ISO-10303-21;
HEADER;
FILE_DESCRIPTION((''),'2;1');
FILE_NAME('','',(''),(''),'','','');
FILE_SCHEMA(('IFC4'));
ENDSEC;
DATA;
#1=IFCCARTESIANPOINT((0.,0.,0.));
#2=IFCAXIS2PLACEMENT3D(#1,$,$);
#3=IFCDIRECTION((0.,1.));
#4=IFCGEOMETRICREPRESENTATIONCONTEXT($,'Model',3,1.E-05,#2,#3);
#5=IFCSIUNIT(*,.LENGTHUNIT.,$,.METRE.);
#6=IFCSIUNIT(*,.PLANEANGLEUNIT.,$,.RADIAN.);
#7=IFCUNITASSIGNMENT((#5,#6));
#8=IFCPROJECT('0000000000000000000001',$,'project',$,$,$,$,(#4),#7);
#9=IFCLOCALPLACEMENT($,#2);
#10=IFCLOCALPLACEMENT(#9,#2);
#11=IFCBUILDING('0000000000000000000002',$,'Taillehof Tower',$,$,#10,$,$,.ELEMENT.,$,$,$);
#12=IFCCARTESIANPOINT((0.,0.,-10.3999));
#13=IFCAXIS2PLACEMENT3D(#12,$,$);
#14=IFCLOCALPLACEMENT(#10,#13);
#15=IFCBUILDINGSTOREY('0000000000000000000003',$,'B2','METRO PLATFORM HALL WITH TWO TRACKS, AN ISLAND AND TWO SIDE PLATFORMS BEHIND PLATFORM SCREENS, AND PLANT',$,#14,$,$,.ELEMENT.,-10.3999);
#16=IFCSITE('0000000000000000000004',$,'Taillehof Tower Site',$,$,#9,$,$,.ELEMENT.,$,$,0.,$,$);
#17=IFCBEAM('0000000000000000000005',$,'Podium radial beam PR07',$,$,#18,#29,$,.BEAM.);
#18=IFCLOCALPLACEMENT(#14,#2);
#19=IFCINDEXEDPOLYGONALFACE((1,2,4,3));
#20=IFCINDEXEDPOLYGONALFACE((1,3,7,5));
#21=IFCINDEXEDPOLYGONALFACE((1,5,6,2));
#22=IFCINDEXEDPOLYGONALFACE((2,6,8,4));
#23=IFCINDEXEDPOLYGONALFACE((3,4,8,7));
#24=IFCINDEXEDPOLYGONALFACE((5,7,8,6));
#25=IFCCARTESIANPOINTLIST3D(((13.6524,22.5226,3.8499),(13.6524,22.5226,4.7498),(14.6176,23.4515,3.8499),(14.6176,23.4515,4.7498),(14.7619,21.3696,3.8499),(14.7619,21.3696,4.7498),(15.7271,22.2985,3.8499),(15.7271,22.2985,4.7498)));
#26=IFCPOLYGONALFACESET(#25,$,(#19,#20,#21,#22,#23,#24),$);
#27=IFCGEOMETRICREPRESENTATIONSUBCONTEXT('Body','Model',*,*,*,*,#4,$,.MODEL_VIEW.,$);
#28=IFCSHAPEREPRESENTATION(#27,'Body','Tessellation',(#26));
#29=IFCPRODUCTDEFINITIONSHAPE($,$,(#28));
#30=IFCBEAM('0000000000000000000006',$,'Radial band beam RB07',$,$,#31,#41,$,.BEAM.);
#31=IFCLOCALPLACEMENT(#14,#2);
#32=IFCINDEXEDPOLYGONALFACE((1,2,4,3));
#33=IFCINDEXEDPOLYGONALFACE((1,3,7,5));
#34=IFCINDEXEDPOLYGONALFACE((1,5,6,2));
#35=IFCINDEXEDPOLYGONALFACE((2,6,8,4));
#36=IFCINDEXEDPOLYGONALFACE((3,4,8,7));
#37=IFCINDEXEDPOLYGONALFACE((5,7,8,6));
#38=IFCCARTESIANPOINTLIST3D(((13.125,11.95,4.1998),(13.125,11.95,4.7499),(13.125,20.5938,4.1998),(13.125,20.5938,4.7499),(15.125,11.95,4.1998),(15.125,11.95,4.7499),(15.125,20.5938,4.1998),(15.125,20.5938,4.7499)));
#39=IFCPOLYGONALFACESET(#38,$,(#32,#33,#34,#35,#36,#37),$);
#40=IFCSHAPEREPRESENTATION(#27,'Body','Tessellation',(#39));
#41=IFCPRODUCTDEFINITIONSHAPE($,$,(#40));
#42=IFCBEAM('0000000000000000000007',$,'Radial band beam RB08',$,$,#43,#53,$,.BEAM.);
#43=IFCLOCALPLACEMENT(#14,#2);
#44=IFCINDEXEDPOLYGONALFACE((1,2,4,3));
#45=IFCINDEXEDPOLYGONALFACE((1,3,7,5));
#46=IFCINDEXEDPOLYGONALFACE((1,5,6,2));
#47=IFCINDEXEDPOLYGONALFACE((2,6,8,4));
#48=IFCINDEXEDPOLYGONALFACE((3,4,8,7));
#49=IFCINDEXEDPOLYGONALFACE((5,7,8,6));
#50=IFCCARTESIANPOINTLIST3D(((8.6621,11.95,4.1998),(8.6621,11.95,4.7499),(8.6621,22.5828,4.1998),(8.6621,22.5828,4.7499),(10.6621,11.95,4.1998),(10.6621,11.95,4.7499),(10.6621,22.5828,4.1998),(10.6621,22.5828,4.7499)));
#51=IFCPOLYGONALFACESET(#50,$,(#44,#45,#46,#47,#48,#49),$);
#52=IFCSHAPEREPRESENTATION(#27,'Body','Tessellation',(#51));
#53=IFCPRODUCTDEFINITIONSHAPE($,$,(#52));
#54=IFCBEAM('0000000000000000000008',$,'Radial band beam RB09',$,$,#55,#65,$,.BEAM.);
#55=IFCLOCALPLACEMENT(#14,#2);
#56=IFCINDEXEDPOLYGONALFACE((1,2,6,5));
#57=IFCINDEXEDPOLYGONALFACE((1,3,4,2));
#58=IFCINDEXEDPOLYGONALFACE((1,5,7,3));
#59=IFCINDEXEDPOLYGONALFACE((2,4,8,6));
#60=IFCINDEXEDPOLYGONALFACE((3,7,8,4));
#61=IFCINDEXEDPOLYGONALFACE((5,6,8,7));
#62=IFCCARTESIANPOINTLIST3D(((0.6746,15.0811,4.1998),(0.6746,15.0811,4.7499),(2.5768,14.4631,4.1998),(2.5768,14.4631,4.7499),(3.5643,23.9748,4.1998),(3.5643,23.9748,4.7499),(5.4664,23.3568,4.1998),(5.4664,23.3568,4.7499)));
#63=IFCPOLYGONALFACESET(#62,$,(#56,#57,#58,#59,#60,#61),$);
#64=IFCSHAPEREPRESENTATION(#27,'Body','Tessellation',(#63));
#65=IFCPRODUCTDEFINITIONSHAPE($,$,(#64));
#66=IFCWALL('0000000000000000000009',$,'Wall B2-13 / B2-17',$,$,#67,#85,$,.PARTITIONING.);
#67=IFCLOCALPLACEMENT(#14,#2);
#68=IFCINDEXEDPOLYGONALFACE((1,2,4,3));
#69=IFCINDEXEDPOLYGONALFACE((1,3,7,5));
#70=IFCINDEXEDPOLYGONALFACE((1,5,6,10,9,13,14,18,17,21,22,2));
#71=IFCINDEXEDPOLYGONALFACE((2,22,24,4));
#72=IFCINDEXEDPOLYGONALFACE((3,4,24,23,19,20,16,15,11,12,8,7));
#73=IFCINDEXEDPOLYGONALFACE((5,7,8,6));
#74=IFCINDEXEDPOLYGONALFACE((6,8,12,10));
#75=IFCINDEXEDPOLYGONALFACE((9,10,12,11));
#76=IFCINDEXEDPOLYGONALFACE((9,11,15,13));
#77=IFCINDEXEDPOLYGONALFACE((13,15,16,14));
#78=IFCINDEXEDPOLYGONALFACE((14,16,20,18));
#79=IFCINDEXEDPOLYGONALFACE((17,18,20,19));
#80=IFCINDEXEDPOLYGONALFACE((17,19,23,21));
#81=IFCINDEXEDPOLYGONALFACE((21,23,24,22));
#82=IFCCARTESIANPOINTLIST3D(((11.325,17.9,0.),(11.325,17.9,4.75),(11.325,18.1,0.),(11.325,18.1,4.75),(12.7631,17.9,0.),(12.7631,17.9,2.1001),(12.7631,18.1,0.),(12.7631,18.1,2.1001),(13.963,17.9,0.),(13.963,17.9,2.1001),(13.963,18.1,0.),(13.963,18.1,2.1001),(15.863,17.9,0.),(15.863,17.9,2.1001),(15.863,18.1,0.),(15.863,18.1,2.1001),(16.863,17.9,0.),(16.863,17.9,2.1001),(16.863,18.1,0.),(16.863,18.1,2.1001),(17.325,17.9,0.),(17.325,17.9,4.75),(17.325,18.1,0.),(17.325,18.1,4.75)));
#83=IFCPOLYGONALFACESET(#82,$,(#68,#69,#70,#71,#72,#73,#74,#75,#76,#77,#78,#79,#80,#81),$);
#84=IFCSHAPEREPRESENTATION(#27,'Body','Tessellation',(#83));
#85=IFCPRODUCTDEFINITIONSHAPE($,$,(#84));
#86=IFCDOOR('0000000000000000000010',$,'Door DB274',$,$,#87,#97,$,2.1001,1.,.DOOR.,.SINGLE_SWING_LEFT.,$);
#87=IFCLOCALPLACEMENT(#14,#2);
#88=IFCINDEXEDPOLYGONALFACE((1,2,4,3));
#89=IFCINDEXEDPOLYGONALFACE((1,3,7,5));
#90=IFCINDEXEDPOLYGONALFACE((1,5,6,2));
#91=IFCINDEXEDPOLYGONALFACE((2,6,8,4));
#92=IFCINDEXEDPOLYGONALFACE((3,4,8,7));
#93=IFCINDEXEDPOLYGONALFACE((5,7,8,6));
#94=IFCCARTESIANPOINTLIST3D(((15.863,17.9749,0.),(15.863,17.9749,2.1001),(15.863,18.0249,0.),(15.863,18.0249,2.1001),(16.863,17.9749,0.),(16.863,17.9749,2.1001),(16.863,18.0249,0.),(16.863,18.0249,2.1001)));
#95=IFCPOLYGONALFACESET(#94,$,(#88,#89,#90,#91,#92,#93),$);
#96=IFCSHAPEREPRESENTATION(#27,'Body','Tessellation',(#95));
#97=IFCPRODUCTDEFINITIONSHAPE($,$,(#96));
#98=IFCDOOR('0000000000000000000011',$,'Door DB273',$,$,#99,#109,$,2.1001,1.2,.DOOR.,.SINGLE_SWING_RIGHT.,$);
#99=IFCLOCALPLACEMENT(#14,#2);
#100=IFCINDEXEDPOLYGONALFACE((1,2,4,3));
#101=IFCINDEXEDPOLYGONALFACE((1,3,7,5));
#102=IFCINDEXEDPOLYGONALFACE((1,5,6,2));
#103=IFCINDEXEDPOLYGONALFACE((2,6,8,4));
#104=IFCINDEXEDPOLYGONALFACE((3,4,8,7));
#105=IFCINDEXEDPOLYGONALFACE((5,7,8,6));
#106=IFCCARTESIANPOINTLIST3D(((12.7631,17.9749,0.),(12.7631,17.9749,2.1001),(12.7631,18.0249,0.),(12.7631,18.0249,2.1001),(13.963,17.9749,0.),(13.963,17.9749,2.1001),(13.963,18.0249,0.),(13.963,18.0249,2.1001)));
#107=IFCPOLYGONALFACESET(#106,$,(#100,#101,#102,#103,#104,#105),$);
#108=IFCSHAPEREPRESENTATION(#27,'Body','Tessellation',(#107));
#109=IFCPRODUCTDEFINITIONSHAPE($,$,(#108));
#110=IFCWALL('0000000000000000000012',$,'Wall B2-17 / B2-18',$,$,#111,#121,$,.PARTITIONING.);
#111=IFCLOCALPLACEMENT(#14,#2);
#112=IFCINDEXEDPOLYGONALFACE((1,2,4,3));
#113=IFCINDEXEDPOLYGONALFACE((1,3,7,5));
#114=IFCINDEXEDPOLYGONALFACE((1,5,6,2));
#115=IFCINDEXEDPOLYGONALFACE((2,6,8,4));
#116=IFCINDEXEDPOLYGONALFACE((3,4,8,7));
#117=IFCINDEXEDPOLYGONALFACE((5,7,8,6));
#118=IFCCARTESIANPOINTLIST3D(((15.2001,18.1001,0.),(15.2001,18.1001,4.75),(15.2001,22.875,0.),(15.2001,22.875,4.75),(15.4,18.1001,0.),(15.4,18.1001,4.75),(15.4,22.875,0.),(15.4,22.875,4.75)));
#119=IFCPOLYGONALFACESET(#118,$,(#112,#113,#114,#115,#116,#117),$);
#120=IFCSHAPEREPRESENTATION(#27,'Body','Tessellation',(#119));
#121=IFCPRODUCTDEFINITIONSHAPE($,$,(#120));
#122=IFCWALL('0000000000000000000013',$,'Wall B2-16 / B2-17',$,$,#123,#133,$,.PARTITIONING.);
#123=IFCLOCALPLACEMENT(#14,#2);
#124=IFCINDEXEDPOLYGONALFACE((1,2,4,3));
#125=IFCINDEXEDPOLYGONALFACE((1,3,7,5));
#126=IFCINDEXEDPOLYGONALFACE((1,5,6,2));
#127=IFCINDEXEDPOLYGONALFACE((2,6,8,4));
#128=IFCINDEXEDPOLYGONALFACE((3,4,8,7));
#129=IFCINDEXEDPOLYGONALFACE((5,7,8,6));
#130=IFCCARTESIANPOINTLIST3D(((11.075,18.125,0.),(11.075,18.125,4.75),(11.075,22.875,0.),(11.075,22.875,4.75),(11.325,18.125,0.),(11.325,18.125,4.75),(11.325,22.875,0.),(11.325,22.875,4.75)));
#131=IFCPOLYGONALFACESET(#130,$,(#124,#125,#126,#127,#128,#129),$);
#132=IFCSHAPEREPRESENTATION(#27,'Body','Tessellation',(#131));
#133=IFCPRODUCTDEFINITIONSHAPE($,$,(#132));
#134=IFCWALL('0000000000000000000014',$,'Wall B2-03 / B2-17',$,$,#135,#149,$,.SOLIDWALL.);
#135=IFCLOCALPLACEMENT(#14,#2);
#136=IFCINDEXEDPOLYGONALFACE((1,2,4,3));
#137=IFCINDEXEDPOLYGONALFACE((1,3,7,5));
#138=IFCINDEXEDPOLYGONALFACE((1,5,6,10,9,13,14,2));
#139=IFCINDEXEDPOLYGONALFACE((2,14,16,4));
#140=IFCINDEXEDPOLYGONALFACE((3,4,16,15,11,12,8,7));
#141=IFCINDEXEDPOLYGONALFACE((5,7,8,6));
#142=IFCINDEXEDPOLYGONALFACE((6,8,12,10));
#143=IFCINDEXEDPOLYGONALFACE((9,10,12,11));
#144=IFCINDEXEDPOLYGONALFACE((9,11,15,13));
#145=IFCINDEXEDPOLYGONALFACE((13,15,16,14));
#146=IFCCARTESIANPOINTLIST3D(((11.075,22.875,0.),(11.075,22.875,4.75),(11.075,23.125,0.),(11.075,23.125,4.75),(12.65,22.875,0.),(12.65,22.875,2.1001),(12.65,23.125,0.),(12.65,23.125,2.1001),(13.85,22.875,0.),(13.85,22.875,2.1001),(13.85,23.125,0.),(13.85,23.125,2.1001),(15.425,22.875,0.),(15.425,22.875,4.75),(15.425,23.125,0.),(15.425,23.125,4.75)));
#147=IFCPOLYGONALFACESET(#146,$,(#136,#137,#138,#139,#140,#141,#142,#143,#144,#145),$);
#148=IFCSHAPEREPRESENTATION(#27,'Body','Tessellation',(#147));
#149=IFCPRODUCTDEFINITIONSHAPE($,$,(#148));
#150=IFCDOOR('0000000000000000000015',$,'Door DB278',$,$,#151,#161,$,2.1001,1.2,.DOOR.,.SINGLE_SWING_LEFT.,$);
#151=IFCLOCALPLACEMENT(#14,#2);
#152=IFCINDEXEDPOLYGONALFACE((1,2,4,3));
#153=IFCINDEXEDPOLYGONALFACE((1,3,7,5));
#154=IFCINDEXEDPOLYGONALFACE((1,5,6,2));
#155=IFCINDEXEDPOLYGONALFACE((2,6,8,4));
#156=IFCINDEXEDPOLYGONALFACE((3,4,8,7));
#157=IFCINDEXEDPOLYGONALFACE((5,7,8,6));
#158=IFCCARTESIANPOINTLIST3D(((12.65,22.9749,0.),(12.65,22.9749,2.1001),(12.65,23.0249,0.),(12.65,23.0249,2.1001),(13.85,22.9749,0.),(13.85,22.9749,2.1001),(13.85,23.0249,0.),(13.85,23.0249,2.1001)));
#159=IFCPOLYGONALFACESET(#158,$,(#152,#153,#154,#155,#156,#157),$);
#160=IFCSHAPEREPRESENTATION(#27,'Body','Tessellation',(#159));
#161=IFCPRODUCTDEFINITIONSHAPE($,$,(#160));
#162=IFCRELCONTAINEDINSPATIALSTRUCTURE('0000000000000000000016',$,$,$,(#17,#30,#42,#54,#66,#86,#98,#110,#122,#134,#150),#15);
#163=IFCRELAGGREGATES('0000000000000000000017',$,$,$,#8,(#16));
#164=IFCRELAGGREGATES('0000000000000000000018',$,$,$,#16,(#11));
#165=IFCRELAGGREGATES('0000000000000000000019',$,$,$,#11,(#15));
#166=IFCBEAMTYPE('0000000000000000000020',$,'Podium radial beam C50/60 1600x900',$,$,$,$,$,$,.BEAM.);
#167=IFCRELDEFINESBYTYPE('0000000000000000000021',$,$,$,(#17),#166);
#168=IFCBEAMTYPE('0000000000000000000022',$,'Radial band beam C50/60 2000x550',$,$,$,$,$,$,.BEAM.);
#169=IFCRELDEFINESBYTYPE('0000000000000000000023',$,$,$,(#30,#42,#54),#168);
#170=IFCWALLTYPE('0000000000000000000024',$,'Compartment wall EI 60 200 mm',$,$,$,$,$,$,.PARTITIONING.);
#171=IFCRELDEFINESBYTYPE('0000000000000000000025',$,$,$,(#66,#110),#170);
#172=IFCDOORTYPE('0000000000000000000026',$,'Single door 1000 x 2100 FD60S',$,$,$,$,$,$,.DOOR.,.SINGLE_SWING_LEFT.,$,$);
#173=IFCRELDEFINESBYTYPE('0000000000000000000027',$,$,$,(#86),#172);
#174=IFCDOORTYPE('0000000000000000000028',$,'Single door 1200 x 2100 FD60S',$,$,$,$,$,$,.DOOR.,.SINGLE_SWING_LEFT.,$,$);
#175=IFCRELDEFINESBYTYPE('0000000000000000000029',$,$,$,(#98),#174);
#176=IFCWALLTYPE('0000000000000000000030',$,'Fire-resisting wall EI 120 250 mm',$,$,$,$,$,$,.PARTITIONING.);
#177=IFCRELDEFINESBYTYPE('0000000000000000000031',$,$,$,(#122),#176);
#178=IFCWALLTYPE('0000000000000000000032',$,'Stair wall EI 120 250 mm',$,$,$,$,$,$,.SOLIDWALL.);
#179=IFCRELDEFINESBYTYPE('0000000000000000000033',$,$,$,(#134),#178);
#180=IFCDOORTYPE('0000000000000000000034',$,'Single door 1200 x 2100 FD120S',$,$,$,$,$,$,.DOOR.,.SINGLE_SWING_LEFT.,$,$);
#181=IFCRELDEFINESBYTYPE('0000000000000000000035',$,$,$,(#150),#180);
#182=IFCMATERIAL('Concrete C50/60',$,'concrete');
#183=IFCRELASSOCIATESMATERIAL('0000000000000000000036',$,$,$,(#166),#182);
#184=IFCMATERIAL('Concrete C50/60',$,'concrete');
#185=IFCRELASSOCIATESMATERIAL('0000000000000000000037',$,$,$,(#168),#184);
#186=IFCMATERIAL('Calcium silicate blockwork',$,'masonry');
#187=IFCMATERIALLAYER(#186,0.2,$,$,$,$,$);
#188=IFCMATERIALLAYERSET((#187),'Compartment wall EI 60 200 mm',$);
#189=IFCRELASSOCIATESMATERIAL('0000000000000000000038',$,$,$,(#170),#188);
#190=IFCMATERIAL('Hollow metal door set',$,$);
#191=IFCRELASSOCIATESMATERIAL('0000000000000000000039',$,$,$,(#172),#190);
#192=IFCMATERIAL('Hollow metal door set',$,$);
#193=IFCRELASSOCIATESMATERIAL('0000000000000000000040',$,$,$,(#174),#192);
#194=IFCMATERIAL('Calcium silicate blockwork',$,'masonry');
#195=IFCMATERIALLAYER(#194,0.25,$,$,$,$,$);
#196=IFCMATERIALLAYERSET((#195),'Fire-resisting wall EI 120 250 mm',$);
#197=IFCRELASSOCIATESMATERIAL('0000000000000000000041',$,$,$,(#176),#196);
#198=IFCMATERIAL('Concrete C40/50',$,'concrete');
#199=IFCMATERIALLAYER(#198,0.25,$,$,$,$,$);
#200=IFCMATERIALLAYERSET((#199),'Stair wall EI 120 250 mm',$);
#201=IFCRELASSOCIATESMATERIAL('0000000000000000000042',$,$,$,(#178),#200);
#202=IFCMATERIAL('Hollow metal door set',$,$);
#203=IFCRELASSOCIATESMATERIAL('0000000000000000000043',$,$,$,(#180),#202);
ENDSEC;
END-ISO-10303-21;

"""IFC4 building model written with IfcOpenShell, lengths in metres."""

from ifc_helpers import new_model, si_unit, direction, frame, frame_2d, origin, origin_2d, place, context, subcontext, project, spatial, rectangle, extrude, material, layer, layer_set, material_profile, profile_set, type_object, element, fill, save


model = new_model("IFC4")

# Units and contexts
model_context = context("Model", 3, precision=1e-05, world=origin(), true_north=direction((0.0, 1.0)))
body_context = subcontext(model_context, "Body", "Model", "MODEL_VIEW")
ifc_project = project(units=[si_unit("LENGTHUNIT", "METRE"), si_unit("PLANEANGLEUNIT", "RADIAN")], contexts=[model_context])

# Site, building, storey
site_placement = place(None, origin())
site = spatial("IfcSite", under=ifc_project, at=site_placement, Name="Taillehof Tower Site", CompositionType="ELEMENT", RefElevation=0.0)
building_placement = place(site_placement, origin())
building = spatial("IfcBuilding", under=site, at=building_placement, Name="Taillehof Tower", CompositionType="ELEMENT")
storey_placement = place(building_placement, frame((0.0, 0.0, -10.3999)))
storey = spatial("IfcBuildingStorey", under=building, at=storey_placement, Name="B2", Description="METRO PLATFORM HALL WITH TWO TRACKS, AN ISLAND AND TWO SIDE PLATFORMS BEHIND PLATFORM SCREENS, AND PLANT", CompositionType="ELEMENT", Elevation=-10.3999)

# Beams
ifc_material_1 = material(Name="Concrete C50/60", Category="concrete")
ifc_material_profile_1 = material_profile(ifc_material_1, rectangle(XDim=1.6001, YDim=0.8999, at=origin_2d()), Name="RC 1600x900")
ifc_profile_set_1 = profile_set([ifc_material_profile_1], Name="Concrete C50/60")
beam_type_1 = type_object("IfcBeamType", Name="Podium radial beam C50/60 1600x900", PredefinedType="BEAM", material=ifc_profile_set_1)
beam_1_placement = place(storey_placement, frame((15.1724, 22.875, 4.2998), z_axis=(-0.720553, -0.6934, 0.0), x_axis=(0.6934, -0.720553, 0.0)))
element("IfcBeam", 1, at=beam_1_placement, inside=storey, type_object=beam_type_1, Name="Podium radial beam PR07", PredefinedType="BEAM", context=body_context, shape_type="SweptSolid", body=[
    extrude(rectangle(XDim=1.6001, YDim=0.8999, at=origin_2d()), origin(), (0.0, 0.0, 1.0), 1.3396),
])
ifc_material_2 = material(Name="Concrete C50/60", Category="concrete")
ifc_material_profile_2 = material_profile(ifc_material_2, rectangle(XDim=2.0, YDim=0.55, at=origin_2d()), Name="RC 2000x550")
ifc_profile_set_2 = profile_set([ifc_material_profile_2], Name="Concrete C50/60")
beam_type_2 = type_object("IfcBeamType", Name="Radial band beam C50/60 2000x550", PredefinedType="BEAM", material=ifc_profile_set_2)
beam_2_placement = place(storey_placement, frame((14.125, 20.5938, 4.4749), z_axis=(0.0, -1.0, 0.0), x_axis=(1.0, 0.0, 0.0)))
element("IfcBeam", 2, at=beam_2_placement, inside=storey, type_object=beam_type_2, Name="Radial band beam RB07", PredefinedType="BEAM", context=body_context, shape_type="SweptSolid", body=[
    extrude(rectangle(XDim=2.0, YDim=0.55, at=origin_2d()), origin(), (0.0, 0.0, 1.0), 8.6438),
])
beam_3_placement = place(storey_placement, frame((9.6621, 22.5828, 4.4749), z_axis=(0.0, -1.0, 0.0), x_axis=(1.0, 0.0, 0.0)))
element("IfcBeam", 3, at=beam_3_placement, inside=storey, type_object=beam_type_2, Name="Radial band beam RB08", PredefinedType="BEAM", context=body_context, shape_type="SweptSolid", body=[
    extrude(rectangle(XDim=2.0, YDim=0.55, at=origin_2d()), origin(), (0.0, 0.0, 1.0), 10.6328),
])
beam_4_placement = place(storey_placement, frame((4.5154, 23.6658, 4.4749), z_axis=(-0.309013, -0.951058, 0.0), x_axis=(0.951058, -0.309013, 0.0)))
element("IfcBeam", 4, at=beam_4_placement, inside=storey, type_object=beam_type_2, Name="Radial band beam RB09", PredefinedType="BEAM", context=body_context, shape_type="SweptSolid", body=[
    extrude(rectangle(XDim=2.0, YDim=0.55, at=origin_2d()), origin(), (0.0, 0.0, 1.0), 9.3513),
])

# Wall, openings, doors
ifc_material_3 = material(Name="Calcium silicate blockwork", Category="masonry")
ifc_layer_1 = layer(ifc_material_3, 0.2)
ifc_layer_set_1 = layer_set([ifc_layer_1], Name="Compartment wall EI 60 200 mm")
wall_type_1 = type_object("IfcWallType", Name="Compartment wall EI 60 200 mm", PredefinedType="PARTITIONING", material=ifc_layer_set_1)
wall_1_placement = place(storey_placement, frame((11.325, 18.0, 0.0), z_axis=(0.0, 0.0, 1.0), x_axis=(1.0, 0.0, 0.0)))
wall_1 = element("IfcWall", 5, at=wall_1_placement, inside=storey, type_object=wall_type_1, Name="Wall B2-13 / B2-17", PredefinedType="PARTITIONING", context=body_context, shape_type="SweptSolid", body=[
    extrude(rectangle(XDim=6.0, YDim=0.2, at=frame_2d((3.0, 0.0))), origin(), (0.0, 0.0, 1.0), 4.75),
])
opening_1_placement = place(wall_1_placement, frame((1.438, 0.0, 0.0)))
opening_1 = element("IfcOpeningElement", 6, at=opening_1_placement, cuts=wall_1, PredefinedType="OPENING", context=body_context, shape_type="SweptSolid", body=[
    extrude(rectangle(XDim=1.2, YDim=2.1001, at=frame_2d((0.6001, 1.05))), frame((0.0, 0.1099, 0.0), z_axis=(0.0, -1.0, 0.0), x_axis=(1.0, 0.0, 0.0)), (0.0, 0.0, 1.0), 0.22),
])
opening_2_placement = place(wall_1_placement, frame((4.5381, 0.0, 0.0)))
opening_2 = element("IfcOpeningElement", 7, at=opening_2_placement, cuts=wall_1, PredefinedType="OPENING", context=body_context, shape_type="SweptSolid", body=[
    extrude(rectangle(XDim=1.0, YDim=2.1001, at=frame_2d((0.5, 1.05))), frame((0.0, 0.1099, 0.0), z_axis=(0.0, -1.0, 0.0), x_axis=(1.0, 0.0, 0.0)), (0.0, 0.0, 1.0), 0.22),
])
ifc_material_4 = material(Name="Hollow metal door set")
door_type_1 = type_object("IfcDoorType", Name="Single door 1000 x 2100 FD60S", OperationType="SINGLE_SWING_LEFT", PredefinedType="DOOR", material=ifc_material_4)
door_1_placement = place(opening_2_placement, origin())
door_1 = element("IfcDoor", 8, at=door_1_placement, inside=storey, type_object=door_type_1, Name="Door DB274", OperationType="SINGLE_SWING_LEFT", OverallHeight=2.1001, OverallWidth=1.0, PredefinedType="DOOR", context=body_context, shape_type="SweptSolid", body=[
    extrude(rectangle(XDim=1.0, YDim=2.1001, at=frame_2d((0.5, 1.05))), frame((0.0, 0.0249, 0.0), z_axis=(0.0, -1.0, 0.0), x_axis=(1.0, 0.0, 0.0)), (0.0, 0.0, 1.0), 0.05),
])
fill(opening_2, door_1)
ifc_material_5 = material(Name="Hollow metal door set")
door_type_2 = type_object("IfcDoorType", Name="Single door 1200 x 2100 FD60S", OperationType="SINGLE_SWING_LEFT", PredefinedType="DOOR", material=ifc_material_5)
door_2_placement = place(opening_1_placement, origin())
door_2 = element("IfcDoor", 9, at=door_2_placement, inside=storey, type_object=door_type_2, Name="Door DB273", OperationType="SINGLE_SWING_RIGHT", OverallHeight=2.1001, OverallWidth=1.2, PredefinedType="DOOR", context=body_context, shape_type="SweptSolid", body=[
    extrude(rectangle(XDim=1.2, YDim=2.1001, at=frame_2d((0.6001, 1.05))), frame((0.0, 0.0249, 0.0), z_axis=(0.0, -1.0, 0.0), x_axis=(1.0, 0.0, 0.0)), (0.0, 0.0, 1.0), 0.05),
])
fill(opening_1, door_2)

# Walls
wall_2_placement = place(storey_placement, frame((15.3, 18.1001, 0.0), z_axis=(0.0, 0.0, 1.0), x_axis=(0.0, 1.0, 0.0)))
element("IfcWall", 10, at=wall_2_placement, inside=storey, type_object=wall_type_1, Name="Wall B2-17 / B2-18", PredefinedType="PARTITIONING", context=body_context, shape_type="SweptSolid", body=[
    extrude(rectangle(XDim=4.7749, YDim=0.2, at=frame_2d((2.3875, 0.0))), origin(), (0.0, 0.0, 1.0), 4.75),
])
ifc_material_6 = material(Name="Calcium silicate blockwork", Category="masonry")
ifc_layer_2 = layer(ifc_material_6, 0.25)
ifc_layer_set_2 = layer_set([ifc_layer_2], Name="Fire-resisting wall EI 120 250 mm")
wall_type_2 = type_object("IfcWallType", Name="Fire-resisting wall EI 120 250 mm", PredefinedType="PARTITIONING", material=ifc_layer_set_2)
wall_3_placement = place(storey_placement, frame((11.2, 18.125, 0.0), z_axis=(0.0, 0.0, 1.0), x_axis=(0.0, 1.0, 0.0)))
element("IfcWall", 11, at=wall_3_placement, inside=storey, type_object=wall_type_2, Name="Wall B2-16 / B2-17", PredefinedType="PARTITIONING", context=body_context, shape_type="SweptSolid", body=[
    extrude(rectangle(XDim=4.75, YDim=0.25, at=frame_2d((2.375, 0.0))), origin(), (0.0, 0.0, 1.0), 4.75),
])

# Wall, opening, door
ifc_material_7 = material(Name="Concrete C40/50", Category="concrete")
ifc_layer_3 = layer(ifc_material_7, 0.25)
ifc_layer_set_3 = layer_set([ifc_layer_3], Name="Stair wall EI 120 250 mm")
wall_type_3 = type_object("IfcWallType", Name="Stair wall EI 120 250 mm", PredefinedType="SOLIDWALL", material=ifc_layer_set_3)
wall_4_placement = place(storey_placement, frame((11.075, 23.0, 0.0), z_axis=(0.0, 0.0, 1.0), x_axis=(1.0, 0.0, 0.0)))
wall_4 = element("IfcWall", 12, at=wall_4_placement, inside=storey, type_object=wall_type_3, Name="Wall B2-03 / B2-17", PredefinedType="SOLIDWALL", context=body_context, shape_type="SweptSolid", body=[
    extrude(rectangle(XDim=4.3501, YDim=0.25, at=frame_2d((2.175, 0.0))), origin(), (0.0, 0.0, 1.0), 4.75),
])
opening_3_placement = place(wall_4_placement, frame((1.575, 0.0, 0.0)))
opening_3 = element("IfcOpeningElement", 13, at=opening_3_placement, cuts=wall_4, PredefinedType="OPENING", context=body_context, shape_type="SweptSolid", body=[
    extrude(rectangle(XDim=1.2, YDim=2.1001, at=frame_2d((0.6001, 1.05))), frame((0.0, 0.135, 0.0), z_axis=(0.0, -1.0, 0.0), x_axis=(1.0, 0.0, 0.0)), (0.0, 0.0, 1.0), 0.27),
])
ifc_material_8 = material(Name="Hollow metal door set")
door_type_3 = type_object("IfcDoorType", Name="Single door 1200 x 2100 FD120S", OperationType="SINGLE_SWING_LEFT", PredefinedType="DOOR", material=ifc_material_8)
door_3_placement = place(opening_3_placement, origin())
door_3 = element("IfcDoor", 14, at=door_3_placement, inside=storey, type_object=door_type_3, Name="Door DB278", OperationType="SINGLE_SWING_LEFT", OverallHeight=2.1001, OverallWidth=1.2, PredefinedType="DOOR", context=body_context, shape_type="SweptSolid", body=[
    extrude(rectangle(XDim=1.2, YDim=2.1001, at=frame_2d((0.6001, 1.05))), frame((0.0, 0.0249, 0.0), z_axis=(0.0, -1.0, 0.0), x_axis=(1.0, 0.0, 0.0)), (0.0, 0.0, 1.0), 0.05),
])
fill(opening_3, door_3)

save(model, "model.ifc")
